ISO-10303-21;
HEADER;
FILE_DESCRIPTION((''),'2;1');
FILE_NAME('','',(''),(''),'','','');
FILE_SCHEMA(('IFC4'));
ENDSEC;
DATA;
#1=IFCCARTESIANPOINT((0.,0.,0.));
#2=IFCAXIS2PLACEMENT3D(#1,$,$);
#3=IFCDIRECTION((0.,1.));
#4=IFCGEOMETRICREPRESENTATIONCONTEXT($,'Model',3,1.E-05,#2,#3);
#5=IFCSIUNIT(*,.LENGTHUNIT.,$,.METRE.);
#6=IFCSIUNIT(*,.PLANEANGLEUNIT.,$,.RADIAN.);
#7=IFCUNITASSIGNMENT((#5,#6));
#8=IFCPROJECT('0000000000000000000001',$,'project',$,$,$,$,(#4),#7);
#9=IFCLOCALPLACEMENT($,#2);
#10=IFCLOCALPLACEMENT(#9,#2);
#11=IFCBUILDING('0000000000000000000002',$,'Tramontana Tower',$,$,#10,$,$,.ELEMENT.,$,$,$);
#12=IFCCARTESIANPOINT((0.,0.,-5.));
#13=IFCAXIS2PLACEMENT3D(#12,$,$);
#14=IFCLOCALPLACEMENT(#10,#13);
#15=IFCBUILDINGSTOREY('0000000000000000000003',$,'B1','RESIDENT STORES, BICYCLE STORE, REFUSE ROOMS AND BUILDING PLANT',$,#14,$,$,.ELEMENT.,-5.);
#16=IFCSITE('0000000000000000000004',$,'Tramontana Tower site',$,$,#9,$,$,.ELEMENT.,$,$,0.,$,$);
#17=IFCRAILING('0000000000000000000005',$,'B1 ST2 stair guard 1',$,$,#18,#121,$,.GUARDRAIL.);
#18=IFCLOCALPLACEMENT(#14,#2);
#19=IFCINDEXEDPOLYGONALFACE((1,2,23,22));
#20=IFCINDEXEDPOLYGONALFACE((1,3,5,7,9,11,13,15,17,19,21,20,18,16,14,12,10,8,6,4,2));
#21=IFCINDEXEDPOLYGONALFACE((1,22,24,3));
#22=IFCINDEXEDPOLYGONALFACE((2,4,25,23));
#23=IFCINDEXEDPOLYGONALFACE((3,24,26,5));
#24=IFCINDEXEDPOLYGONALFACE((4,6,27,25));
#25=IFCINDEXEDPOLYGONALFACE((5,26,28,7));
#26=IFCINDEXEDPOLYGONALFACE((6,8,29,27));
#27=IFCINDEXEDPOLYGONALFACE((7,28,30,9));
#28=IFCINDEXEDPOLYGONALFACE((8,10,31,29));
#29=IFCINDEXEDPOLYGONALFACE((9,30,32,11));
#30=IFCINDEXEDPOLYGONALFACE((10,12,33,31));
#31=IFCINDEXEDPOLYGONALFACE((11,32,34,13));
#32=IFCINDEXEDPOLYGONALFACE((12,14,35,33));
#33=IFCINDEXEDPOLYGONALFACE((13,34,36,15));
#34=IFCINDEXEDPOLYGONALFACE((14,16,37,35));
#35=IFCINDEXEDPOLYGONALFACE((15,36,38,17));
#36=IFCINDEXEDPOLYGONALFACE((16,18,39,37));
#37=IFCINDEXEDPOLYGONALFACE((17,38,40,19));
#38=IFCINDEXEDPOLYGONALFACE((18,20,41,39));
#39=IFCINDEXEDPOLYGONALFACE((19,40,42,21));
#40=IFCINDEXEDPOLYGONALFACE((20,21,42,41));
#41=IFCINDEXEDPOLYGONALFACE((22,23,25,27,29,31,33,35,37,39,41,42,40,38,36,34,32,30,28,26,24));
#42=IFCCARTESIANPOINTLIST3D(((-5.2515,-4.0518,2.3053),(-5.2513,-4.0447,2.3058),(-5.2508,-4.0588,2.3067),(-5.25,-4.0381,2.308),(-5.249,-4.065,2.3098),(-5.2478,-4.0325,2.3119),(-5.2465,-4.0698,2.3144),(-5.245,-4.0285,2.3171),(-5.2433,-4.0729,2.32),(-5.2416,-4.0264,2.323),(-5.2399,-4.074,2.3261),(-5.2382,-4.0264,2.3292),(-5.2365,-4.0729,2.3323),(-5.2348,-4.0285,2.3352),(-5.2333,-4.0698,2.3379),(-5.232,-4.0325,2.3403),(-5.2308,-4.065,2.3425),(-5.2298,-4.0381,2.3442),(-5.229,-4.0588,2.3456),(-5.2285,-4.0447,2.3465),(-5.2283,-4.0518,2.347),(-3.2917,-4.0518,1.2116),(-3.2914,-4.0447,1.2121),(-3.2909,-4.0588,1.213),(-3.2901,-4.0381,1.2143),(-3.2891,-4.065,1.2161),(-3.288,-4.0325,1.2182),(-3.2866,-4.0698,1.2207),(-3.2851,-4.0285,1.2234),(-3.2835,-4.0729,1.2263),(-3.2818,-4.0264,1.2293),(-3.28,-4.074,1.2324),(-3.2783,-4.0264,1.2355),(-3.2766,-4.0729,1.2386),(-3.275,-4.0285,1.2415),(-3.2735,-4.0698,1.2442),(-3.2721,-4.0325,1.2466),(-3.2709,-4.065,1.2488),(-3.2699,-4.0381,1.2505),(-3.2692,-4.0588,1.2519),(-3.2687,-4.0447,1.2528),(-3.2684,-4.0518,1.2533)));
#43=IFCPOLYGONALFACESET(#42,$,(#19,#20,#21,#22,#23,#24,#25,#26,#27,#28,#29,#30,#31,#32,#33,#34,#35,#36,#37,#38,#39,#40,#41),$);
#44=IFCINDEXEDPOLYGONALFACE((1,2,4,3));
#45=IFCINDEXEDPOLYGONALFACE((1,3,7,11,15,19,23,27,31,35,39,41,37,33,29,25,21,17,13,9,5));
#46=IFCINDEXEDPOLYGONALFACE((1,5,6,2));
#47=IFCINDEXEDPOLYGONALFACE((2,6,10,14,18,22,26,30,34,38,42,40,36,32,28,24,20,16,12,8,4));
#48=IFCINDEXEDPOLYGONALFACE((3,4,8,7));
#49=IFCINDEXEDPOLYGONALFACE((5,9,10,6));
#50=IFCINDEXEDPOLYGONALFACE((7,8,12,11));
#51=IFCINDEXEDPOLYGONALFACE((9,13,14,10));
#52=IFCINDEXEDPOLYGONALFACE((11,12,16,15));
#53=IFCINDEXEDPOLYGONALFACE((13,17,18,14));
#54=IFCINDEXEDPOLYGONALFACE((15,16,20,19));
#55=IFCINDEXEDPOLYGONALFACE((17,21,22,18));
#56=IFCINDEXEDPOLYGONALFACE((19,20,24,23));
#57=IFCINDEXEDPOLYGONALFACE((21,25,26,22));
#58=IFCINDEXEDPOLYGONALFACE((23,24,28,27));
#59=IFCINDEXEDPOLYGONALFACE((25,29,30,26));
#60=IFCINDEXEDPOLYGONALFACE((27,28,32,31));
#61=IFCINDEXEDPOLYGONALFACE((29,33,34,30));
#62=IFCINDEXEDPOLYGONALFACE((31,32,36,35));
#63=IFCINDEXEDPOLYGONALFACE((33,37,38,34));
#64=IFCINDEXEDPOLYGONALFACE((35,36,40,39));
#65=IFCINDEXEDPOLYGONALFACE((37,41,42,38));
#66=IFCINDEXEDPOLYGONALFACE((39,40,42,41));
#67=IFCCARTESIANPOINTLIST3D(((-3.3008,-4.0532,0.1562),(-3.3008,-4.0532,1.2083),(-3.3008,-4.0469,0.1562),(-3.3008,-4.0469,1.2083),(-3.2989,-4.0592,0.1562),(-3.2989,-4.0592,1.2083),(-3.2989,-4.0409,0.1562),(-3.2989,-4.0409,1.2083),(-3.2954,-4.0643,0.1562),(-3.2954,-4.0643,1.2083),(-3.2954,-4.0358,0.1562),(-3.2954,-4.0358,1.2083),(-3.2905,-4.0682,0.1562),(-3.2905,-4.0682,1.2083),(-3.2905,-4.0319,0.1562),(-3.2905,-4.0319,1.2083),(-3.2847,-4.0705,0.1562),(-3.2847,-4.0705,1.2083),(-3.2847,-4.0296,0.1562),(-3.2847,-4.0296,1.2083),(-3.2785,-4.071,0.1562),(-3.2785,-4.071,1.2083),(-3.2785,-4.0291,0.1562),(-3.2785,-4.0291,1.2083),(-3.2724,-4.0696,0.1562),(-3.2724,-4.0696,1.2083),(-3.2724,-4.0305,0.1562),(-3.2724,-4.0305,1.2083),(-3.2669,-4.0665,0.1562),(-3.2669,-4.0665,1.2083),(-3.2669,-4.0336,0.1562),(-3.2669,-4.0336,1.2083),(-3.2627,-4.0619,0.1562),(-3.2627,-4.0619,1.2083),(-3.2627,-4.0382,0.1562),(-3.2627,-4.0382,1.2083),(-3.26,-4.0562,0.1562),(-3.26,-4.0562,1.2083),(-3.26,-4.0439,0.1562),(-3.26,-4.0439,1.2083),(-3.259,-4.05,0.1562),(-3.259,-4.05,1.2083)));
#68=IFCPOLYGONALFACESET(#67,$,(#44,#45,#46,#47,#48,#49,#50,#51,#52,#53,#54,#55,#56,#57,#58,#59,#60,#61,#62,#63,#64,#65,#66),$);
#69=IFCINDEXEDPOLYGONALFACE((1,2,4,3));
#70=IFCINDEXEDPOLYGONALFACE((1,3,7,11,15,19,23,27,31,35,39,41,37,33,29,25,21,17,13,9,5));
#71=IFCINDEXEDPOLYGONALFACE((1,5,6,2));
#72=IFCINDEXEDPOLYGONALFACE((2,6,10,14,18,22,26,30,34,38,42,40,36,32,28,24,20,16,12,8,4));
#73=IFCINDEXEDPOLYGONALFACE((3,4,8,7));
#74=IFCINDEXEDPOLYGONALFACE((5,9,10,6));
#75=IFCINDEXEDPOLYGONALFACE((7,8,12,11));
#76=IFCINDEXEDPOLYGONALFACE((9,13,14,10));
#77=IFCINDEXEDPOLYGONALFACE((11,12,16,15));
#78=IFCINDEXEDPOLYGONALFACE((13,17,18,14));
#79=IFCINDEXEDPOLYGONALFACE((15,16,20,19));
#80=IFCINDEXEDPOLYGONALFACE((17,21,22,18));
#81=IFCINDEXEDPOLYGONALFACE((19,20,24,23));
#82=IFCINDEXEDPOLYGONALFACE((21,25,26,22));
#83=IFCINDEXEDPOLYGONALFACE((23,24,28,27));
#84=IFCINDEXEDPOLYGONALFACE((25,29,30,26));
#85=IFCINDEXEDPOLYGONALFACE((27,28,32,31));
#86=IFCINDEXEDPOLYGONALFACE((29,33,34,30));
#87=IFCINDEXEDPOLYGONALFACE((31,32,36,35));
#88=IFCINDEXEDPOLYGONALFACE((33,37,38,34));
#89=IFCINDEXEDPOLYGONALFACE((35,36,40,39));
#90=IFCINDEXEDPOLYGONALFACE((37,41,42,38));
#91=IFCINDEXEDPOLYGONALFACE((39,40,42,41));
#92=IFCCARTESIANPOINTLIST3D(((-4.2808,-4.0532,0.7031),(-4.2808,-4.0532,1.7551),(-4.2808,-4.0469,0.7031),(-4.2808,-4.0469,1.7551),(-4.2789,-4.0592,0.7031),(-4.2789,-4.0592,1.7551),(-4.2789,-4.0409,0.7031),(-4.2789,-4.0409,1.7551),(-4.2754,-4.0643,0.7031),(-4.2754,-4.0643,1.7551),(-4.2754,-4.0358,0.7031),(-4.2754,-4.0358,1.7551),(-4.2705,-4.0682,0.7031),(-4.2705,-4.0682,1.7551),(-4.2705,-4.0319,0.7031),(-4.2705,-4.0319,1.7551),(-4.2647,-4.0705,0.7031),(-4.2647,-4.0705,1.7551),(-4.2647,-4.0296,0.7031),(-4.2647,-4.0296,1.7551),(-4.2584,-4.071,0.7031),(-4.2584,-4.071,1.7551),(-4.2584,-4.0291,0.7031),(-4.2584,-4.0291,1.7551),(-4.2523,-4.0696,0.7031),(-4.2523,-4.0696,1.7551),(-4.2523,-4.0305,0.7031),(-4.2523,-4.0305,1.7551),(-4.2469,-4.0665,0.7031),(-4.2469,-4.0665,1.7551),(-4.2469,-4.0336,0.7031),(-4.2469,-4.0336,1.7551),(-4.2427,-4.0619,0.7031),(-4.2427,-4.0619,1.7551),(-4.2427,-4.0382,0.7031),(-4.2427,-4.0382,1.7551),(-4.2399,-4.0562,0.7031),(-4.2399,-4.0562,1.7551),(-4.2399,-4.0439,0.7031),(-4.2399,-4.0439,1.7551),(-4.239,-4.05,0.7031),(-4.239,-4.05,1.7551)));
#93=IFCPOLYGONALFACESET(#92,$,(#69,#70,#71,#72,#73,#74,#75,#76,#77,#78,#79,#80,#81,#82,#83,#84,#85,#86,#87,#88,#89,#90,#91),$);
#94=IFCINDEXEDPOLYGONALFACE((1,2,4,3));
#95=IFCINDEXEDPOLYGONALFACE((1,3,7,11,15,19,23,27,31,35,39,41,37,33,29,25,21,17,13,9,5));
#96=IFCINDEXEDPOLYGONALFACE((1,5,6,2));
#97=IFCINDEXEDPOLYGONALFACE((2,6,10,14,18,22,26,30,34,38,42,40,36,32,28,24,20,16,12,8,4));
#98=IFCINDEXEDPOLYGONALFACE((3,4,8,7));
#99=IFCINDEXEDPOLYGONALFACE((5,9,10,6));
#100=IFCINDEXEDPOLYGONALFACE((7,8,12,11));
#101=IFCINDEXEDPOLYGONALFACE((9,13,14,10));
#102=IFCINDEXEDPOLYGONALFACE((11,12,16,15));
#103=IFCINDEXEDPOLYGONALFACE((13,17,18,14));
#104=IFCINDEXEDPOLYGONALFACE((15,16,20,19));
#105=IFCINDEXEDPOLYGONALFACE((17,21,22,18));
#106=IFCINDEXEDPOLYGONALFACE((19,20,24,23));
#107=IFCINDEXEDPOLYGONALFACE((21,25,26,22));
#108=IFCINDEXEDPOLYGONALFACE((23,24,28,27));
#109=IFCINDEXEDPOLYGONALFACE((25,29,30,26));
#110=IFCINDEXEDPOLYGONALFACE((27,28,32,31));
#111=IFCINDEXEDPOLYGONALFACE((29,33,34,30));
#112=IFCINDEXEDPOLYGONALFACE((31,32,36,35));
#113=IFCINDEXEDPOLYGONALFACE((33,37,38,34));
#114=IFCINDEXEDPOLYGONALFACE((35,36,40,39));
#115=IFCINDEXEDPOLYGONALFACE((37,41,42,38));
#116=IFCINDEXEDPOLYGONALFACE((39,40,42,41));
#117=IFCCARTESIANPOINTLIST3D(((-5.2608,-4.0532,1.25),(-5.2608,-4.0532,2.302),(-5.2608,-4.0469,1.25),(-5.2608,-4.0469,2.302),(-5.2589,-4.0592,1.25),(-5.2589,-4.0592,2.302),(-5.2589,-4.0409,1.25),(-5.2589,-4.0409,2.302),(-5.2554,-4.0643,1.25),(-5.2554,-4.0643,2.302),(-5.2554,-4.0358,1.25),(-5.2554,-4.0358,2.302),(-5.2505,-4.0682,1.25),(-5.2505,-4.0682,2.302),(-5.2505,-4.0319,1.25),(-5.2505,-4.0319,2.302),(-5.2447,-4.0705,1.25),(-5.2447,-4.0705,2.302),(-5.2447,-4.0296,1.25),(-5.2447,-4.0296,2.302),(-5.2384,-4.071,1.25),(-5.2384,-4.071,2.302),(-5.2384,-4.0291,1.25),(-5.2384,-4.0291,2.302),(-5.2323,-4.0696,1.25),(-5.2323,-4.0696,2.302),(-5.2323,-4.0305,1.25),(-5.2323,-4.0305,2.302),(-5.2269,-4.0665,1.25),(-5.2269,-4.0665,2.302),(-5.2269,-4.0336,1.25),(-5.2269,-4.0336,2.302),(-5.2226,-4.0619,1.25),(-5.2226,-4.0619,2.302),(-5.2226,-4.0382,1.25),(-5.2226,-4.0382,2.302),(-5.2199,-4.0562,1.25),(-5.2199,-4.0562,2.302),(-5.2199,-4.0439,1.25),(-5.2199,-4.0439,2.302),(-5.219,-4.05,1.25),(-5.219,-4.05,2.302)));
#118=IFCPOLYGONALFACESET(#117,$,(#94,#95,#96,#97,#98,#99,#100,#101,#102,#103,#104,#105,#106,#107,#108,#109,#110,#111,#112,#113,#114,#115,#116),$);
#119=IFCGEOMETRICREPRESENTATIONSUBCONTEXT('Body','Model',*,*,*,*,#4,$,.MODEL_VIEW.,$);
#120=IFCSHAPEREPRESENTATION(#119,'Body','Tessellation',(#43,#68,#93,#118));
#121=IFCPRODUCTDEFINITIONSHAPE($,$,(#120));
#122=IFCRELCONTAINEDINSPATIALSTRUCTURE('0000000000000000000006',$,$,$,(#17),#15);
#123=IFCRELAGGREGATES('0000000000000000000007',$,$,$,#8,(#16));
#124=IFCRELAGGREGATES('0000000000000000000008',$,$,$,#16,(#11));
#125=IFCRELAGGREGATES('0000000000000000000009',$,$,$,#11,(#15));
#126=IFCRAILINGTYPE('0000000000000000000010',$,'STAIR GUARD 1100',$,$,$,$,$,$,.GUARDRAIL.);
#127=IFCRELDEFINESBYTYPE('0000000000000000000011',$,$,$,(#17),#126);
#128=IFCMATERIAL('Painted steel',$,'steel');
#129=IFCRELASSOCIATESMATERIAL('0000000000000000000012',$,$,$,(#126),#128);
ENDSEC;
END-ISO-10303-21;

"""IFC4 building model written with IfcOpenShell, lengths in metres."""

from ifc_helpers import new_model, si_unit, direction, frame, origin, origin_2d, place, context, subcontext, project, spatial, circle, extrude, material, type_object, element, save


model = new_model("IFC4")

# Units and contexts
model_context = context("Model", 3, precision=1e-05, world=origin(), true_north=direction((0.0, 1.0)))
body_context = subcontext(model_context, "Body", "Model", "MODEL_VIEW")
ifc_project = project(units=[si_unit("LENGTHUNIT", "METRE"), si_unit("PLANEANGLEUNIT", "RADIAN")], contexts=[model_context])

# Site, building, storey
site_placement = place(None, origin())
site = spatial("IfcSite", under=ifc_project, at=site_placement, Name="Tramontana Tower site", CompositionType="ELEMENT", RefElevation=0.0)
building_placement = place(site_placement, origin())
building = spatial("IfcBuilding", under=site, at=building_placement, Name="Tramontana Tower", CompositionType="ELEMENT")
storey_placement = place(building_placement, frame((0.0, 0.0, -5.0)))
storey = spatial("IfcBuildingStorey", under=building, at=storey_placement, Name="B1", Description="RESIDENT STORES, BICYCLE STORE, REFUSE ROOMS AND BUILDING PLANT", CompositionType="ELEMENT", Elevation=-5.0)

# Railing
ifc_material_1 = material(Name="Painted steel", Category="steel")
railing_type_1 = type_object("IfcRailingType", Name="STAIR GUARD 1100", PredefinedType="GUARDRAIL", material=ifc_material_1)
railing_1_placement = place(storey_placement, frame((-3.28, -4.05, 0.1562)))
element("IfcRailing", 1, at=railing_1_placement, inside=storey, type_object=railing_type_1, Name="B1 ST2 stair guard 1", PredefinedType="GUARDRAIL", context=body_context, shape_type="SweptSolid", body=[
    extrude(circle(Radius=0.0239, at=origin_2d()), frame((0.0, 0.0, 1.0762), z_axis=(-0.873232, 0.0, 0.487304), x_axis=(0.0, -1.0, 0.0)), (0.0, 0.0, 1.0), 2.2444),
    extrude(circle(Radius=0.021, at=origin_2d()), origin(), (0.0, 0.0, 1.0), 1.052),
    extrude(circle(Radius=0.021, at=origin_2d()), frame((-0.98, 0.0, 0.5469)), (0.0, 0.0, 1.0), 1.052),
    extrude(circle(Radius=0.021, at=origin_2d()), frame((-1.96, 0.0, 1.0938)), (0.0, 0.0, 1.0), 1.052),
])

save(model, "model.ifc")
